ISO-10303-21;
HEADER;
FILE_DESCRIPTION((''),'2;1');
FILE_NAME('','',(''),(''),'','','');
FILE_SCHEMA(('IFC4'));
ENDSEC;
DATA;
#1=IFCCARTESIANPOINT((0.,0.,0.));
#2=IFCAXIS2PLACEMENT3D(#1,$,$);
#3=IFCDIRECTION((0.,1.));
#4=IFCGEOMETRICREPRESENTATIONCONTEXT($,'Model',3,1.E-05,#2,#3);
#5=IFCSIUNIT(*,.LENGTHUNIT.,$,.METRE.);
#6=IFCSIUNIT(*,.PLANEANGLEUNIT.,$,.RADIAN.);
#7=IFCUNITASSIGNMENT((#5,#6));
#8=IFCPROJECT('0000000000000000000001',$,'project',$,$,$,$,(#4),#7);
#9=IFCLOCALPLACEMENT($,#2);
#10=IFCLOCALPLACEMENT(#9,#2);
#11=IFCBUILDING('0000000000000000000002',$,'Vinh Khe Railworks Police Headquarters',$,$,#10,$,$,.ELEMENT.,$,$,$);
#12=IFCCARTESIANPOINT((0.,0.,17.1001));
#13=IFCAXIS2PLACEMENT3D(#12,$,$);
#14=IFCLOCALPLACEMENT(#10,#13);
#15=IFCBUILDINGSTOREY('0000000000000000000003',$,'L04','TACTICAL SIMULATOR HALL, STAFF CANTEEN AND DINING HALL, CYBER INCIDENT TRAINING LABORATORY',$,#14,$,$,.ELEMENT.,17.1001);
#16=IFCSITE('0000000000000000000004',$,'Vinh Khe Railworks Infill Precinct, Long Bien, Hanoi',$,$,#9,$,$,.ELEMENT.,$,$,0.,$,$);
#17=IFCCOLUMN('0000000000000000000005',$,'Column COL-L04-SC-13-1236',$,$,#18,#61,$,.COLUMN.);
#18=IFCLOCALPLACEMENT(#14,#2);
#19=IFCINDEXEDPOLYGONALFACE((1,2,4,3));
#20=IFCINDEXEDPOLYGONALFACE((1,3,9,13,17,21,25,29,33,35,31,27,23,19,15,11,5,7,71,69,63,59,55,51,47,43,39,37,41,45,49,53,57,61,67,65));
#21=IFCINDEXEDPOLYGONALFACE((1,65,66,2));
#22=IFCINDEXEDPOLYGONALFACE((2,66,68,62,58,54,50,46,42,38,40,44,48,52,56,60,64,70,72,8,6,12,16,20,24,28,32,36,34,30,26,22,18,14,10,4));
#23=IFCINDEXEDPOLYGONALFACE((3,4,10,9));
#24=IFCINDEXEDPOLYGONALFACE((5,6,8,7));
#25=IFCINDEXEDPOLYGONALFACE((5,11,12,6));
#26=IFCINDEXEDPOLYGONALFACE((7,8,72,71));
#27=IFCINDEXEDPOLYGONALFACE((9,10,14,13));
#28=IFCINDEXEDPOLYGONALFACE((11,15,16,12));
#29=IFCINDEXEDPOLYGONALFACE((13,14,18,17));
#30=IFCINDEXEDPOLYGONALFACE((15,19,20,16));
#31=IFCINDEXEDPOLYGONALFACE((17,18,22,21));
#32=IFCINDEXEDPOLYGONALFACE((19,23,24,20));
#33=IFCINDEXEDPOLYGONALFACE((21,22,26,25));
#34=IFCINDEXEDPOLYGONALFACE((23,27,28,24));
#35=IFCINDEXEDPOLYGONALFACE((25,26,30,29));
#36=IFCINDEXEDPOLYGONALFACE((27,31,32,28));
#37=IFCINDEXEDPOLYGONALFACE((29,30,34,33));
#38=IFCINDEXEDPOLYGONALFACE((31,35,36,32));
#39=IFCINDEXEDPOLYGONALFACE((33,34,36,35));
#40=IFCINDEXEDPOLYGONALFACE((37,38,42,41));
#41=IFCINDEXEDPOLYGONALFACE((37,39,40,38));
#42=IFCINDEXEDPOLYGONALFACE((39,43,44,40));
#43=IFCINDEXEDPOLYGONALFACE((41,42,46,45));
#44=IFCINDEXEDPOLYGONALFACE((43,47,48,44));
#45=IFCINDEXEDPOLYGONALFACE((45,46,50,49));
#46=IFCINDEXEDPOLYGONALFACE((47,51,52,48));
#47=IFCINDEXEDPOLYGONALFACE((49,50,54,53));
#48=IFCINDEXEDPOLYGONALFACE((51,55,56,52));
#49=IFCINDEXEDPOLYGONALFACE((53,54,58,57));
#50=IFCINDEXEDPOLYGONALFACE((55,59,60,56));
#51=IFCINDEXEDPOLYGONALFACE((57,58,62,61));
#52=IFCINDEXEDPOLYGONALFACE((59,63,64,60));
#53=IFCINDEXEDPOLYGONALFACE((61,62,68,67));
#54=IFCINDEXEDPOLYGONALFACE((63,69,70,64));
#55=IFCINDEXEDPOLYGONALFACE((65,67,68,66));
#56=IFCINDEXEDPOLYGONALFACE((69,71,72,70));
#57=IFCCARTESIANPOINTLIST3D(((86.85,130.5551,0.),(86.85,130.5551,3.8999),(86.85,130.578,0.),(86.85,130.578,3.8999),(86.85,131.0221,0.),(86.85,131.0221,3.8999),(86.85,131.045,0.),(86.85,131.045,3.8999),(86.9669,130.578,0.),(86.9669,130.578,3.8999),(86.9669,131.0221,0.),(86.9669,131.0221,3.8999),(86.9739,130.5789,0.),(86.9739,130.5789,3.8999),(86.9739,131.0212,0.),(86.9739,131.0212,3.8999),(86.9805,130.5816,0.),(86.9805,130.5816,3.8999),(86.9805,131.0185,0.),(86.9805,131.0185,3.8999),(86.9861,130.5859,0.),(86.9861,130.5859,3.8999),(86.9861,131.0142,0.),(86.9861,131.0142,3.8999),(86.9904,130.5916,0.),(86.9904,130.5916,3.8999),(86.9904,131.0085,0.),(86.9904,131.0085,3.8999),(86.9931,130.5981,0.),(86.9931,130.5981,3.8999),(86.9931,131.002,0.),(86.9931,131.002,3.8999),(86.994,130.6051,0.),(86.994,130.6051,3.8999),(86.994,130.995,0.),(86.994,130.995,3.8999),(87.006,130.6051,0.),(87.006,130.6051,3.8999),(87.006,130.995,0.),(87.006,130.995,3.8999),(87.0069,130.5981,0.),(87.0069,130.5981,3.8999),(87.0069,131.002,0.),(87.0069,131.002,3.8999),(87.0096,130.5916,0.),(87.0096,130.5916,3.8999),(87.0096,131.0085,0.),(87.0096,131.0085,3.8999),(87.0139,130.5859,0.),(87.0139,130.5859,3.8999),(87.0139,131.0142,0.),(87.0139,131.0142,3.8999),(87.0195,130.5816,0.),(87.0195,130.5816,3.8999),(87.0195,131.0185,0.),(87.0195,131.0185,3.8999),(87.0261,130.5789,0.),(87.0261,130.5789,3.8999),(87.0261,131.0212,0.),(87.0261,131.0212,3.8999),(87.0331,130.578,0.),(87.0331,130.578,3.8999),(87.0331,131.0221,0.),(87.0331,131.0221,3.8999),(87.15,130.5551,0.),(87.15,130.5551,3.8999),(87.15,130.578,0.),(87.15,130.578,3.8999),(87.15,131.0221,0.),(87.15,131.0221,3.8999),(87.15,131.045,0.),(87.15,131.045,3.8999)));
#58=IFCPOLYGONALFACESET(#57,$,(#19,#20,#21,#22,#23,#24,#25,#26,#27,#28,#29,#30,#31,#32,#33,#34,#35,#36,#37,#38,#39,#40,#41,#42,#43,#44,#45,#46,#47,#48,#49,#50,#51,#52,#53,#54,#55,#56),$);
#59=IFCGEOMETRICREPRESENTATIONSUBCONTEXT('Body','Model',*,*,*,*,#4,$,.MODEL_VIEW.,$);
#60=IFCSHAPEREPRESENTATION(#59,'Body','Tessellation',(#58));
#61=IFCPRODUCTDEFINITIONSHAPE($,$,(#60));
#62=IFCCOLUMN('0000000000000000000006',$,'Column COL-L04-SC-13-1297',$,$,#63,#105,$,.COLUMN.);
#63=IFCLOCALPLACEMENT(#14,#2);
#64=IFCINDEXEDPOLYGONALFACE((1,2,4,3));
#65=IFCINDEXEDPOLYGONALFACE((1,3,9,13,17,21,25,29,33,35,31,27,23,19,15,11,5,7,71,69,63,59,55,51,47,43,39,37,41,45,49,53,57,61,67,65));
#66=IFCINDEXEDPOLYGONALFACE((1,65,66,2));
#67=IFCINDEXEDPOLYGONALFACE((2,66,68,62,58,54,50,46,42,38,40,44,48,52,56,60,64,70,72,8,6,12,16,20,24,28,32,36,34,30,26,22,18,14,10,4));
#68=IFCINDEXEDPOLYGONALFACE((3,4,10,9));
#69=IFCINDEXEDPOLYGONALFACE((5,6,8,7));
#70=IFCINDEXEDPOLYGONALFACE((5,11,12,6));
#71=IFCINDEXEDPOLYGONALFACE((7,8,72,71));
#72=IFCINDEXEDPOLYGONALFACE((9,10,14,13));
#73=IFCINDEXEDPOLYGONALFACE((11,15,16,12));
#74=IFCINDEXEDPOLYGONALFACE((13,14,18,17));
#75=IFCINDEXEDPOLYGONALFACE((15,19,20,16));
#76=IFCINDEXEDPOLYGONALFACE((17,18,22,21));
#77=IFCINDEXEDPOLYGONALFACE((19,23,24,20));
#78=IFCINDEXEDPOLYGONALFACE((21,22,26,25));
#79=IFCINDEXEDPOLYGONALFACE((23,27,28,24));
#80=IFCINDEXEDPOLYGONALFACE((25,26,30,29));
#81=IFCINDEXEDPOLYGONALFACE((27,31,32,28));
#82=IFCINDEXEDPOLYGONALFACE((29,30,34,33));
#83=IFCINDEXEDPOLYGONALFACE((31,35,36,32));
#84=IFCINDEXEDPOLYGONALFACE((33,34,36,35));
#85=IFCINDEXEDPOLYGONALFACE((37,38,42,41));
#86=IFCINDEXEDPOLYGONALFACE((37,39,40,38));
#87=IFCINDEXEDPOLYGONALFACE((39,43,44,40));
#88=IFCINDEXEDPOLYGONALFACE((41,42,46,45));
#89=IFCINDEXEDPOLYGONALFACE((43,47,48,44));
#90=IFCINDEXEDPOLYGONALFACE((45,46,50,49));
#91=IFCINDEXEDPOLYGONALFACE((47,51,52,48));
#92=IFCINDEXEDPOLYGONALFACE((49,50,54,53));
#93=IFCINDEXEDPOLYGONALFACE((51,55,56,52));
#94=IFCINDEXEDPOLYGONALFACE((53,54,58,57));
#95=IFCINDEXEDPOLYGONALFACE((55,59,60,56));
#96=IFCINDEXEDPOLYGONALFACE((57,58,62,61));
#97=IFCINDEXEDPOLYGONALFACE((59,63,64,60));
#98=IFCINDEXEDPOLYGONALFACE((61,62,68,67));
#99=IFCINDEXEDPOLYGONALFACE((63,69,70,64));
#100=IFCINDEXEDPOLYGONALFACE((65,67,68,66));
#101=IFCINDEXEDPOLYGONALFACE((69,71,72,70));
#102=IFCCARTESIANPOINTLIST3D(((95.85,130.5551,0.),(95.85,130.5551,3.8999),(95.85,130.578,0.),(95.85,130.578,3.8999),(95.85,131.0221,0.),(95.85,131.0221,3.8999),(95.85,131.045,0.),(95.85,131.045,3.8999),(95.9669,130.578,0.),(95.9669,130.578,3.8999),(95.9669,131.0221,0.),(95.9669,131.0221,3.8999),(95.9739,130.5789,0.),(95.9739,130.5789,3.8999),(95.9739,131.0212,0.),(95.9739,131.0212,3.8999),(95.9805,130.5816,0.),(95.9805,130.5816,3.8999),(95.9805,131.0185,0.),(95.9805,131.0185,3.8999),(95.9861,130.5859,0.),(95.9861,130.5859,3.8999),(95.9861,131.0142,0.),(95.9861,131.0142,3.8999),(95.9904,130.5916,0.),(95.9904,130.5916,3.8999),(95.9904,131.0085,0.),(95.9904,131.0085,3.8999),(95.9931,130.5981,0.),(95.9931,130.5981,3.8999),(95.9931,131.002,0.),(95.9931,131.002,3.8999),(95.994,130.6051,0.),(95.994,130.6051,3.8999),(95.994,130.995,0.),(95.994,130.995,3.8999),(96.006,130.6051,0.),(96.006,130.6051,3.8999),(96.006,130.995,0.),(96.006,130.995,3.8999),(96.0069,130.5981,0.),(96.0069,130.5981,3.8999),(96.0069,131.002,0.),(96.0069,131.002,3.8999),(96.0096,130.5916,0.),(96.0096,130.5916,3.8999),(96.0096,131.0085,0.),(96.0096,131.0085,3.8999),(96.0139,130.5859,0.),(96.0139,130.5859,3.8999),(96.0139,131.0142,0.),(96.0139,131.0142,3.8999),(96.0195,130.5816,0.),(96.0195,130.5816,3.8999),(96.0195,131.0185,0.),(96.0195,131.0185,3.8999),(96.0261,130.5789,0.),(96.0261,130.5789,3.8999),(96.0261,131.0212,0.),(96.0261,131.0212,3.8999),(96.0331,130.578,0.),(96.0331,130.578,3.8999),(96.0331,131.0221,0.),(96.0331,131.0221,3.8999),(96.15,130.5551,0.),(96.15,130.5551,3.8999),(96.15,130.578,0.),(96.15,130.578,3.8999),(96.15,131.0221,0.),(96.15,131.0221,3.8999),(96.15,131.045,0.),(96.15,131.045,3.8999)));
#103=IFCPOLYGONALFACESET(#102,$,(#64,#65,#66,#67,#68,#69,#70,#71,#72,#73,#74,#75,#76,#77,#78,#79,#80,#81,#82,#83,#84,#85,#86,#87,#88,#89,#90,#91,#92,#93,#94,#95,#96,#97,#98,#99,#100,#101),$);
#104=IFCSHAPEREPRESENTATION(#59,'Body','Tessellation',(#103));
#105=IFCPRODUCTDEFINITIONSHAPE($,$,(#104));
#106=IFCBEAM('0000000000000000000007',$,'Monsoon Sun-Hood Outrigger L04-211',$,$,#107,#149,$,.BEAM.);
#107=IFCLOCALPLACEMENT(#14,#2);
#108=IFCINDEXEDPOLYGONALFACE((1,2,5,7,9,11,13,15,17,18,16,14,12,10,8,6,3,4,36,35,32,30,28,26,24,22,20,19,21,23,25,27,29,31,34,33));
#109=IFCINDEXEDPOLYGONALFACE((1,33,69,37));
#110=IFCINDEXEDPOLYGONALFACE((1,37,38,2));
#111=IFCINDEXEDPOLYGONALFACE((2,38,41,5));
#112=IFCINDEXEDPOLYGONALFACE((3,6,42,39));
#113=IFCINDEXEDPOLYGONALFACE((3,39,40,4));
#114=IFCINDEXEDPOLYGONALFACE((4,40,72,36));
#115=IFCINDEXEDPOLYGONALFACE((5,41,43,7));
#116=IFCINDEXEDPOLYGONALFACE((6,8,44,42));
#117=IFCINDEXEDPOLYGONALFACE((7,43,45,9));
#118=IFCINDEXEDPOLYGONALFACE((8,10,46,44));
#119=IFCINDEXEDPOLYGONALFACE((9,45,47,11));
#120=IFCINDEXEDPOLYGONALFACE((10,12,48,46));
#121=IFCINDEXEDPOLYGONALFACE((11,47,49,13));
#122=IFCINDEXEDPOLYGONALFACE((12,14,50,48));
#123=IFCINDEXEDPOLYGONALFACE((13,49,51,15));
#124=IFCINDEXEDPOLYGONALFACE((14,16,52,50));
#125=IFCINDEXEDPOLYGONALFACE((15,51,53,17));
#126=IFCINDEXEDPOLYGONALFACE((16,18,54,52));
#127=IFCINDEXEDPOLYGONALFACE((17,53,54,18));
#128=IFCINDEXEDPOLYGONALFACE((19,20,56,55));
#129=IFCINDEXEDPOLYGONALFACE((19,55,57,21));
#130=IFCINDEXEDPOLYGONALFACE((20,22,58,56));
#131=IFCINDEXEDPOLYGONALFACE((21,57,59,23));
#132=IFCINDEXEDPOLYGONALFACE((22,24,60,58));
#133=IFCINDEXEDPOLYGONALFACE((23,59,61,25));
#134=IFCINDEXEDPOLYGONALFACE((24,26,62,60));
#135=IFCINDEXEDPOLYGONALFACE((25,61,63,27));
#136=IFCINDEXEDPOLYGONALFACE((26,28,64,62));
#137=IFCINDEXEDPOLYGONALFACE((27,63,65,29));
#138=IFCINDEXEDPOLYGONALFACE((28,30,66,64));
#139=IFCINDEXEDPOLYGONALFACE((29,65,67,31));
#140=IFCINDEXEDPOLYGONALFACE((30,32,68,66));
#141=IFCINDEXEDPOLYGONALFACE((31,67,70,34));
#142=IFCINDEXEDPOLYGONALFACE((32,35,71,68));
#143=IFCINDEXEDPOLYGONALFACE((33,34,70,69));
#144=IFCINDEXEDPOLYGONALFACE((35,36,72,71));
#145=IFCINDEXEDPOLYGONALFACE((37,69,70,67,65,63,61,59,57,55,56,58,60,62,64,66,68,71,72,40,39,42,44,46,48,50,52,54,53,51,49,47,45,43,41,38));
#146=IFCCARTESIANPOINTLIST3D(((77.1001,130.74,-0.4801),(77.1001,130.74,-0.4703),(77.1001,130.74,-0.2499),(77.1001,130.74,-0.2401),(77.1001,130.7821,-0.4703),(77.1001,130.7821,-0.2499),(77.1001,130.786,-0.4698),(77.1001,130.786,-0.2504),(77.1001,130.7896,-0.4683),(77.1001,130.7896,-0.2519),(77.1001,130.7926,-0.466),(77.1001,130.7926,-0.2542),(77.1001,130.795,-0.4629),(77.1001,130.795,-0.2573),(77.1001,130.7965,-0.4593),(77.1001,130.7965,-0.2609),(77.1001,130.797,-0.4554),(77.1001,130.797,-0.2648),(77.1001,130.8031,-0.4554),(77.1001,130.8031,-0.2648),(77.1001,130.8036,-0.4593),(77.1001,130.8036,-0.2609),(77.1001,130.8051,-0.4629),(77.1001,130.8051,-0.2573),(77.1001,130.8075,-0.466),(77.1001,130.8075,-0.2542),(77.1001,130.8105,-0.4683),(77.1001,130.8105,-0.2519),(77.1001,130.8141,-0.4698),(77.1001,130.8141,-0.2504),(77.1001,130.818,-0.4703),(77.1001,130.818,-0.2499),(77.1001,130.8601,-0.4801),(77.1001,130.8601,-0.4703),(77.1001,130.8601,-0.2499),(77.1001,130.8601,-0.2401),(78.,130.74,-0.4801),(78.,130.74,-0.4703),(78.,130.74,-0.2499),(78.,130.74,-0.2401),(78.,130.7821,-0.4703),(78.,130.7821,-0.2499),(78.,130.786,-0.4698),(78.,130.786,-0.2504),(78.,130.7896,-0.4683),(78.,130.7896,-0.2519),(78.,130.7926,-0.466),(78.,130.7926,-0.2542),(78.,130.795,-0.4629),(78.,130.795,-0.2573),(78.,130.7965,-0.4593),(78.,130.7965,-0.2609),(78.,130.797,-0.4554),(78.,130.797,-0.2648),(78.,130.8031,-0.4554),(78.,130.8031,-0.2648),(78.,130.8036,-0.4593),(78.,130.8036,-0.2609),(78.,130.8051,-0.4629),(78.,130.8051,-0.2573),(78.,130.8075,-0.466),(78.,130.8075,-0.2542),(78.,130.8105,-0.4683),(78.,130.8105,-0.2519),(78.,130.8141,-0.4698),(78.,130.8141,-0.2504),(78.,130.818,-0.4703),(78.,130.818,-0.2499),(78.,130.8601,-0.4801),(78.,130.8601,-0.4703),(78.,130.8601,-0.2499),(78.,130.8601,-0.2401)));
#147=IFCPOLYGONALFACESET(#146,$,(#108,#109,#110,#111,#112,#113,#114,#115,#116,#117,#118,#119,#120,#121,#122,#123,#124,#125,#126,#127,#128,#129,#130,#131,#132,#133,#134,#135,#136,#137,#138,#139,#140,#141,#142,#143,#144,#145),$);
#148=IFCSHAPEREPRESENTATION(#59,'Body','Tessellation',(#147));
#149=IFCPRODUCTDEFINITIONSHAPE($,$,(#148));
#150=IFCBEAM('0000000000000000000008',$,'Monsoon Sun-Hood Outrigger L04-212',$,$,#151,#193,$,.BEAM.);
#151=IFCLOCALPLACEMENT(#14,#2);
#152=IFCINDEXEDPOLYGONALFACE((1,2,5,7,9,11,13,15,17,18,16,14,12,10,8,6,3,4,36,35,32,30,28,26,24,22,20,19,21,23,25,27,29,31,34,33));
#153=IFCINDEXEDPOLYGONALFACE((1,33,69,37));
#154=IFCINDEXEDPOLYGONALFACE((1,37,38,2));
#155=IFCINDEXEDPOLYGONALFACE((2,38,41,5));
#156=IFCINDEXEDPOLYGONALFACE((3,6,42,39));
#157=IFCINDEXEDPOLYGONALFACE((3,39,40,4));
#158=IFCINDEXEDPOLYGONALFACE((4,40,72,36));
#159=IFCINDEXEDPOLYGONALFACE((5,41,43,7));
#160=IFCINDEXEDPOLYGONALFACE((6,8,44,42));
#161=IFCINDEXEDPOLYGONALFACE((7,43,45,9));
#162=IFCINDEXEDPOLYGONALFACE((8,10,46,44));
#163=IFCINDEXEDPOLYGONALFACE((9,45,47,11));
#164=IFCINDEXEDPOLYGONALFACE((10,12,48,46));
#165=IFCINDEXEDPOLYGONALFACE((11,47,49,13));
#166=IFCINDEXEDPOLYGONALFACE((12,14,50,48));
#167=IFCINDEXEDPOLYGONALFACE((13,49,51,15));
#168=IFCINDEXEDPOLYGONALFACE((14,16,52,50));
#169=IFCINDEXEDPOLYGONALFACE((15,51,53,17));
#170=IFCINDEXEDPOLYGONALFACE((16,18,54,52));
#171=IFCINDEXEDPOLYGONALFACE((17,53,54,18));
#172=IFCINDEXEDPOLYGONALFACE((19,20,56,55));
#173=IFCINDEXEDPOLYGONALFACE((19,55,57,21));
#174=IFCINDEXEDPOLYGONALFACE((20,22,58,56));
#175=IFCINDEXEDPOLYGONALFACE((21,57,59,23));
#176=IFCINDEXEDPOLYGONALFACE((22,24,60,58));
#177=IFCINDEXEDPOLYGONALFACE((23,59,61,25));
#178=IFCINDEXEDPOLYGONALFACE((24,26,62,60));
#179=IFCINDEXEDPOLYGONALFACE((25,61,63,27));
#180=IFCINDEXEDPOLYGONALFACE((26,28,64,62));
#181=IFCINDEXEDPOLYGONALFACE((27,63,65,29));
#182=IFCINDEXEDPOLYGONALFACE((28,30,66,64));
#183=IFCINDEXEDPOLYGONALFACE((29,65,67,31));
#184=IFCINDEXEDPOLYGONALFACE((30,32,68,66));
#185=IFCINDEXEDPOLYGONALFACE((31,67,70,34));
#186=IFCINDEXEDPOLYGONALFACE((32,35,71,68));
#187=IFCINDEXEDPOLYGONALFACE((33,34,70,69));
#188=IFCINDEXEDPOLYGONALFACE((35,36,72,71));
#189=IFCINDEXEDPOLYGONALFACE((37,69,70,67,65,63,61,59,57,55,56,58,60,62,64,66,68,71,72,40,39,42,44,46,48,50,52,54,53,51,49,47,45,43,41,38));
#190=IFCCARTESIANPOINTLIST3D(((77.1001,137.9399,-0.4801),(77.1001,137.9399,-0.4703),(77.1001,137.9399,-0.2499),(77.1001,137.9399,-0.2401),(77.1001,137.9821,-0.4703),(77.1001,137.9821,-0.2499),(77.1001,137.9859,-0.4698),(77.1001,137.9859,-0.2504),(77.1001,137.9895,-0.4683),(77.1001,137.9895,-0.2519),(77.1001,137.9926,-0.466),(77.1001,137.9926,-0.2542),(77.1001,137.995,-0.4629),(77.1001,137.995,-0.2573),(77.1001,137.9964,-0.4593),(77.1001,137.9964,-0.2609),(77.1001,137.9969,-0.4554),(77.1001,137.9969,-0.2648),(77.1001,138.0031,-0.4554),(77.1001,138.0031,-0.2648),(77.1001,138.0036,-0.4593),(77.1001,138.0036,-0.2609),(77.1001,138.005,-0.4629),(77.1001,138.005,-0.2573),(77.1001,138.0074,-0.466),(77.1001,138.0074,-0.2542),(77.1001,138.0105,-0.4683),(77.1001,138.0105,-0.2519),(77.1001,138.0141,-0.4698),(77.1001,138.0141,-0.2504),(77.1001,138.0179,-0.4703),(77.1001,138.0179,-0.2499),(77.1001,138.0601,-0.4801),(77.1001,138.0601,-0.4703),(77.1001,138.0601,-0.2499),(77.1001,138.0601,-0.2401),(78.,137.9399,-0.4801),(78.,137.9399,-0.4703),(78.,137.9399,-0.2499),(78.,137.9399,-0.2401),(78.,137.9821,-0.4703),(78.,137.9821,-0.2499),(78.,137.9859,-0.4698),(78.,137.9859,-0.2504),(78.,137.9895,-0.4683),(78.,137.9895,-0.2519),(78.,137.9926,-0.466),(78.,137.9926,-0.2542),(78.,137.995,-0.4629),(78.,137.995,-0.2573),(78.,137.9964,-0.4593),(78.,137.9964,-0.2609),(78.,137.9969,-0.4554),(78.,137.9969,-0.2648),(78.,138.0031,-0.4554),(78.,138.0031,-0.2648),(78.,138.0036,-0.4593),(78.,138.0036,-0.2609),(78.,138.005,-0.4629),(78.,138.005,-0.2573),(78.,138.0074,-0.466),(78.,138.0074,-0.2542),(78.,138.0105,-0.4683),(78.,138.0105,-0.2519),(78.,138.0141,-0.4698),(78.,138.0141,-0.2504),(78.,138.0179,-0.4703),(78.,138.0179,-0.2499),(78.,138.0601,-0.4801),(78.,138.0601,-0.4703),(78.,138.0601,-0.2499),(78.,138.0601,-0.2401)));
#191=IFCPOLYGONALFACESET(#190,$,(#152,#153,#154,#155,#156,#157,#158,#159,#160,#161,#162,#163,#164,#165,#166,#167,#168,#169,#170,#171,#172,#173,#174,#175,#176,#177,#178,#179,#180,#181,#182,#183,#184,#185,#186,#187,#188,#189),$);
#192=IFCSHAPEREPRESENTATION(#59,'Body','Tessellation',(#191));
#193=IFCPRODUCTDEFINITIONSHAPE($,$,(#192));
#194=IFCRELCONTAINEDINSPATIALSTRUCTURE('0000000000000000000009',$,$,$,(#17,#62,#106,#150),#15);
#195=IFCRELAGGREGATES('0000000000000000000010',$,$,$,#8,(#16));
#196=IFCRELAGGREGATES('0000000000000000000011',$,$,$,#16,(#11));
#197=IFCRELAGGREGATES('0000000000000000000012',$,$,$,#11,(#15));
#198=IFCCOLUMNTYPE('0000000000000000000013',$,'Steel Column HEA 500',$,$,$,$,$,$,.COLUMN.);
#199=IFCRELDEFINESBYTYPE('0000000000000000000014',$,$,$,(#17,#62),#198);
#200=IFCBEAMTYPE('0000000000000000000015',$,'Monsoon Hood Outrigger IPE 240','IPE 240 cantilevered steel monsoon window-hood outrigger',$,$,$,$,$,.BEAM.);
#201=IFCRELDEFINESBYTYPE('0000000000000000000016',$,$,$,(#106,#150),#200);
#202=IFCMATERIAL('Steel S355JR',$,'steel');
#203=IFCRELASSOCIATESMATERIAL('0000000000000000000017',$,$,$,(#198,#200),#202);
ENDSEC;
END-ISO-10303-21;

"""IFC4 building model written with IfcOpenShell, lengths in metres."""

from ifc_helpers import new_model, si_unit, direction, frame, origin, origin_2d, place, context, subcontext, project, spatial, i_section, extrude, material, material_profile, profile_set, type_object, element, save


model = new_model("IFC4")

# Units and contexts
model_context = context("Model", 3, precision=1e-05, world=origin(), true_north=direction((0.0, 1.0)))
body_context = subcontext(model_context, "Body", "Model", "MODEL_VIEW")
ifc_project = project(units=[si_unit("LENGTHUNIT", "METRE"), si_unit("PLANEANGLEUNIT", "RADIAN")], contexts=[model_context])

# Site, building, storey
site_placement = place(None, origin())
site = spatial("IfcSite", under=ifc_project, at=site_placement, Name="Vinh Khe Railworks Infill Precinct, Long Bien, Hanoi", CompositionType="ELEMENT", RefElevation=0.0)
building_placement = place(site_placement, origin())
building = spatial("IfcBuilding", under=site, at=building_placement, Name="Vinh Khe Railworks Police Headquarters", CompositionType="ELEMENT")
storey_placement = place(building_placement, frame((0.0, 0.0, 17.1001)))
storey = spatial("IfcBuildingStorey", under=building, at=storey_placement, Name="L04", Description="TACTICAL SIMULATOR HALL, STAFF CANTEEN AND DINING HALL, CYBER INCIDENT TRAINING LABORATORY", CompositionType="ELEMENT", Elevation=17.1001)

# Columns
ifc_material_1 = material(Name="Steel S355JR", Category="steel")
ifc_material_profile_1 = material_profile(ifc_material_1, i_section(OverallWidth=0.3, OverallDepth=0.49, WebThickness=0.012, FlangeThickness=0.0229, FilletRadius=0.0271, at=origin_2d()), Name="HEA 500")
ifc_profile_set_1 = profile_set([ifc_material_profile_1], Name="Steel S355JR")
column_type_1 = type_object("IfcColumnType", Name="Steel Column HEA 500", PredefinedType="COLUMN", material=ifc_profile_set_1)
for number, where, z_axis, x_axis, name in (
    (1, (87.0, 130.8, 0.0), (0.0, 0.0, 1.0), (1.0, 0.0, 0.0), "Column COL-L04-SC-13-1236"),
    (2, (96.0, 130.8, 0.0), (0.0, 0.0, 1.0), (1.0, 0.0, 0.0), "Column COL-L04-SC-13-1297"),
):
    element("IfcColumn", number, at=place(storey_placement, frame(where, z_axis=z_axis, x_axis=x_axis)), inside=storey, type_object=column_type_1, Name=name, PredefinedType="COLUMN", context=body_context, shape_type="SweptSolid", body=[
        extrude(i_section(OverallWidth=0.3, OverallDepth=0.49, WebThickness=0.012, FlangeThickness=0.0229, FilletRadius=0.0271, at=origin_2d()), origin(), (0.0, 0.0, 1.0), 3.8999),
    ])

# Beams
ifc_material_profile_2 = material_profile(ifc_material_1, i_section(OverallWidth=0.1201, OverallDepth=0.24, WebThickness=0.0061, FlangeThickness=0.0098, FilletRadius=0.0149, at=origin_2d()), Name="IPE 240")
ifc_profile_set_2 = profile_set([ifc_material_profile_2], Name="Steel S355JR")
beam_type_1 = type_object("IfcBeamType", Name="Monsoon Hood Outrigger IPE 240", Description="IPE 240 cantilevered steel monsoon window-hood outrigger", PredefinedType="BEAM", material=ifc_profile_set_2)
for number, where, z_axis, x_axis, name in (
    (3, (77.1001, 130.8, -0.3601), (1.0, 0.0, 0.0), (0.0, 1.0, 0.0), "Monsoon Sun-Hood Outrigger L04-211"),
    (4, (77.1001, 138.0, -0.3601), (1.0, 0.0, 0.0), (0.0, 1.0, 0.0), "Monsoon Sun-Hood Outrigger L04-212"),
):
    element("IfcBeam", number, at=place(storey_placement, frame(where, z_axis=z_axis, x_axis=x_axis)), inside=storey, type_object=beam_type_1, Name=name, PredefinedType="BEAM", context=body_context, shape_type="SweptSolid", body=[
        extrude(i_section(OverallWidth=0.1201, OverallDepth=0.24, WebThickness=0.0061, FlangeThickness=0.0098, FilletRadius=0.0149, at=origin_2d()), origin(), (0.0, 0.0, 1.0), 0.8999),
    ])

save(model, "model.ifc")
